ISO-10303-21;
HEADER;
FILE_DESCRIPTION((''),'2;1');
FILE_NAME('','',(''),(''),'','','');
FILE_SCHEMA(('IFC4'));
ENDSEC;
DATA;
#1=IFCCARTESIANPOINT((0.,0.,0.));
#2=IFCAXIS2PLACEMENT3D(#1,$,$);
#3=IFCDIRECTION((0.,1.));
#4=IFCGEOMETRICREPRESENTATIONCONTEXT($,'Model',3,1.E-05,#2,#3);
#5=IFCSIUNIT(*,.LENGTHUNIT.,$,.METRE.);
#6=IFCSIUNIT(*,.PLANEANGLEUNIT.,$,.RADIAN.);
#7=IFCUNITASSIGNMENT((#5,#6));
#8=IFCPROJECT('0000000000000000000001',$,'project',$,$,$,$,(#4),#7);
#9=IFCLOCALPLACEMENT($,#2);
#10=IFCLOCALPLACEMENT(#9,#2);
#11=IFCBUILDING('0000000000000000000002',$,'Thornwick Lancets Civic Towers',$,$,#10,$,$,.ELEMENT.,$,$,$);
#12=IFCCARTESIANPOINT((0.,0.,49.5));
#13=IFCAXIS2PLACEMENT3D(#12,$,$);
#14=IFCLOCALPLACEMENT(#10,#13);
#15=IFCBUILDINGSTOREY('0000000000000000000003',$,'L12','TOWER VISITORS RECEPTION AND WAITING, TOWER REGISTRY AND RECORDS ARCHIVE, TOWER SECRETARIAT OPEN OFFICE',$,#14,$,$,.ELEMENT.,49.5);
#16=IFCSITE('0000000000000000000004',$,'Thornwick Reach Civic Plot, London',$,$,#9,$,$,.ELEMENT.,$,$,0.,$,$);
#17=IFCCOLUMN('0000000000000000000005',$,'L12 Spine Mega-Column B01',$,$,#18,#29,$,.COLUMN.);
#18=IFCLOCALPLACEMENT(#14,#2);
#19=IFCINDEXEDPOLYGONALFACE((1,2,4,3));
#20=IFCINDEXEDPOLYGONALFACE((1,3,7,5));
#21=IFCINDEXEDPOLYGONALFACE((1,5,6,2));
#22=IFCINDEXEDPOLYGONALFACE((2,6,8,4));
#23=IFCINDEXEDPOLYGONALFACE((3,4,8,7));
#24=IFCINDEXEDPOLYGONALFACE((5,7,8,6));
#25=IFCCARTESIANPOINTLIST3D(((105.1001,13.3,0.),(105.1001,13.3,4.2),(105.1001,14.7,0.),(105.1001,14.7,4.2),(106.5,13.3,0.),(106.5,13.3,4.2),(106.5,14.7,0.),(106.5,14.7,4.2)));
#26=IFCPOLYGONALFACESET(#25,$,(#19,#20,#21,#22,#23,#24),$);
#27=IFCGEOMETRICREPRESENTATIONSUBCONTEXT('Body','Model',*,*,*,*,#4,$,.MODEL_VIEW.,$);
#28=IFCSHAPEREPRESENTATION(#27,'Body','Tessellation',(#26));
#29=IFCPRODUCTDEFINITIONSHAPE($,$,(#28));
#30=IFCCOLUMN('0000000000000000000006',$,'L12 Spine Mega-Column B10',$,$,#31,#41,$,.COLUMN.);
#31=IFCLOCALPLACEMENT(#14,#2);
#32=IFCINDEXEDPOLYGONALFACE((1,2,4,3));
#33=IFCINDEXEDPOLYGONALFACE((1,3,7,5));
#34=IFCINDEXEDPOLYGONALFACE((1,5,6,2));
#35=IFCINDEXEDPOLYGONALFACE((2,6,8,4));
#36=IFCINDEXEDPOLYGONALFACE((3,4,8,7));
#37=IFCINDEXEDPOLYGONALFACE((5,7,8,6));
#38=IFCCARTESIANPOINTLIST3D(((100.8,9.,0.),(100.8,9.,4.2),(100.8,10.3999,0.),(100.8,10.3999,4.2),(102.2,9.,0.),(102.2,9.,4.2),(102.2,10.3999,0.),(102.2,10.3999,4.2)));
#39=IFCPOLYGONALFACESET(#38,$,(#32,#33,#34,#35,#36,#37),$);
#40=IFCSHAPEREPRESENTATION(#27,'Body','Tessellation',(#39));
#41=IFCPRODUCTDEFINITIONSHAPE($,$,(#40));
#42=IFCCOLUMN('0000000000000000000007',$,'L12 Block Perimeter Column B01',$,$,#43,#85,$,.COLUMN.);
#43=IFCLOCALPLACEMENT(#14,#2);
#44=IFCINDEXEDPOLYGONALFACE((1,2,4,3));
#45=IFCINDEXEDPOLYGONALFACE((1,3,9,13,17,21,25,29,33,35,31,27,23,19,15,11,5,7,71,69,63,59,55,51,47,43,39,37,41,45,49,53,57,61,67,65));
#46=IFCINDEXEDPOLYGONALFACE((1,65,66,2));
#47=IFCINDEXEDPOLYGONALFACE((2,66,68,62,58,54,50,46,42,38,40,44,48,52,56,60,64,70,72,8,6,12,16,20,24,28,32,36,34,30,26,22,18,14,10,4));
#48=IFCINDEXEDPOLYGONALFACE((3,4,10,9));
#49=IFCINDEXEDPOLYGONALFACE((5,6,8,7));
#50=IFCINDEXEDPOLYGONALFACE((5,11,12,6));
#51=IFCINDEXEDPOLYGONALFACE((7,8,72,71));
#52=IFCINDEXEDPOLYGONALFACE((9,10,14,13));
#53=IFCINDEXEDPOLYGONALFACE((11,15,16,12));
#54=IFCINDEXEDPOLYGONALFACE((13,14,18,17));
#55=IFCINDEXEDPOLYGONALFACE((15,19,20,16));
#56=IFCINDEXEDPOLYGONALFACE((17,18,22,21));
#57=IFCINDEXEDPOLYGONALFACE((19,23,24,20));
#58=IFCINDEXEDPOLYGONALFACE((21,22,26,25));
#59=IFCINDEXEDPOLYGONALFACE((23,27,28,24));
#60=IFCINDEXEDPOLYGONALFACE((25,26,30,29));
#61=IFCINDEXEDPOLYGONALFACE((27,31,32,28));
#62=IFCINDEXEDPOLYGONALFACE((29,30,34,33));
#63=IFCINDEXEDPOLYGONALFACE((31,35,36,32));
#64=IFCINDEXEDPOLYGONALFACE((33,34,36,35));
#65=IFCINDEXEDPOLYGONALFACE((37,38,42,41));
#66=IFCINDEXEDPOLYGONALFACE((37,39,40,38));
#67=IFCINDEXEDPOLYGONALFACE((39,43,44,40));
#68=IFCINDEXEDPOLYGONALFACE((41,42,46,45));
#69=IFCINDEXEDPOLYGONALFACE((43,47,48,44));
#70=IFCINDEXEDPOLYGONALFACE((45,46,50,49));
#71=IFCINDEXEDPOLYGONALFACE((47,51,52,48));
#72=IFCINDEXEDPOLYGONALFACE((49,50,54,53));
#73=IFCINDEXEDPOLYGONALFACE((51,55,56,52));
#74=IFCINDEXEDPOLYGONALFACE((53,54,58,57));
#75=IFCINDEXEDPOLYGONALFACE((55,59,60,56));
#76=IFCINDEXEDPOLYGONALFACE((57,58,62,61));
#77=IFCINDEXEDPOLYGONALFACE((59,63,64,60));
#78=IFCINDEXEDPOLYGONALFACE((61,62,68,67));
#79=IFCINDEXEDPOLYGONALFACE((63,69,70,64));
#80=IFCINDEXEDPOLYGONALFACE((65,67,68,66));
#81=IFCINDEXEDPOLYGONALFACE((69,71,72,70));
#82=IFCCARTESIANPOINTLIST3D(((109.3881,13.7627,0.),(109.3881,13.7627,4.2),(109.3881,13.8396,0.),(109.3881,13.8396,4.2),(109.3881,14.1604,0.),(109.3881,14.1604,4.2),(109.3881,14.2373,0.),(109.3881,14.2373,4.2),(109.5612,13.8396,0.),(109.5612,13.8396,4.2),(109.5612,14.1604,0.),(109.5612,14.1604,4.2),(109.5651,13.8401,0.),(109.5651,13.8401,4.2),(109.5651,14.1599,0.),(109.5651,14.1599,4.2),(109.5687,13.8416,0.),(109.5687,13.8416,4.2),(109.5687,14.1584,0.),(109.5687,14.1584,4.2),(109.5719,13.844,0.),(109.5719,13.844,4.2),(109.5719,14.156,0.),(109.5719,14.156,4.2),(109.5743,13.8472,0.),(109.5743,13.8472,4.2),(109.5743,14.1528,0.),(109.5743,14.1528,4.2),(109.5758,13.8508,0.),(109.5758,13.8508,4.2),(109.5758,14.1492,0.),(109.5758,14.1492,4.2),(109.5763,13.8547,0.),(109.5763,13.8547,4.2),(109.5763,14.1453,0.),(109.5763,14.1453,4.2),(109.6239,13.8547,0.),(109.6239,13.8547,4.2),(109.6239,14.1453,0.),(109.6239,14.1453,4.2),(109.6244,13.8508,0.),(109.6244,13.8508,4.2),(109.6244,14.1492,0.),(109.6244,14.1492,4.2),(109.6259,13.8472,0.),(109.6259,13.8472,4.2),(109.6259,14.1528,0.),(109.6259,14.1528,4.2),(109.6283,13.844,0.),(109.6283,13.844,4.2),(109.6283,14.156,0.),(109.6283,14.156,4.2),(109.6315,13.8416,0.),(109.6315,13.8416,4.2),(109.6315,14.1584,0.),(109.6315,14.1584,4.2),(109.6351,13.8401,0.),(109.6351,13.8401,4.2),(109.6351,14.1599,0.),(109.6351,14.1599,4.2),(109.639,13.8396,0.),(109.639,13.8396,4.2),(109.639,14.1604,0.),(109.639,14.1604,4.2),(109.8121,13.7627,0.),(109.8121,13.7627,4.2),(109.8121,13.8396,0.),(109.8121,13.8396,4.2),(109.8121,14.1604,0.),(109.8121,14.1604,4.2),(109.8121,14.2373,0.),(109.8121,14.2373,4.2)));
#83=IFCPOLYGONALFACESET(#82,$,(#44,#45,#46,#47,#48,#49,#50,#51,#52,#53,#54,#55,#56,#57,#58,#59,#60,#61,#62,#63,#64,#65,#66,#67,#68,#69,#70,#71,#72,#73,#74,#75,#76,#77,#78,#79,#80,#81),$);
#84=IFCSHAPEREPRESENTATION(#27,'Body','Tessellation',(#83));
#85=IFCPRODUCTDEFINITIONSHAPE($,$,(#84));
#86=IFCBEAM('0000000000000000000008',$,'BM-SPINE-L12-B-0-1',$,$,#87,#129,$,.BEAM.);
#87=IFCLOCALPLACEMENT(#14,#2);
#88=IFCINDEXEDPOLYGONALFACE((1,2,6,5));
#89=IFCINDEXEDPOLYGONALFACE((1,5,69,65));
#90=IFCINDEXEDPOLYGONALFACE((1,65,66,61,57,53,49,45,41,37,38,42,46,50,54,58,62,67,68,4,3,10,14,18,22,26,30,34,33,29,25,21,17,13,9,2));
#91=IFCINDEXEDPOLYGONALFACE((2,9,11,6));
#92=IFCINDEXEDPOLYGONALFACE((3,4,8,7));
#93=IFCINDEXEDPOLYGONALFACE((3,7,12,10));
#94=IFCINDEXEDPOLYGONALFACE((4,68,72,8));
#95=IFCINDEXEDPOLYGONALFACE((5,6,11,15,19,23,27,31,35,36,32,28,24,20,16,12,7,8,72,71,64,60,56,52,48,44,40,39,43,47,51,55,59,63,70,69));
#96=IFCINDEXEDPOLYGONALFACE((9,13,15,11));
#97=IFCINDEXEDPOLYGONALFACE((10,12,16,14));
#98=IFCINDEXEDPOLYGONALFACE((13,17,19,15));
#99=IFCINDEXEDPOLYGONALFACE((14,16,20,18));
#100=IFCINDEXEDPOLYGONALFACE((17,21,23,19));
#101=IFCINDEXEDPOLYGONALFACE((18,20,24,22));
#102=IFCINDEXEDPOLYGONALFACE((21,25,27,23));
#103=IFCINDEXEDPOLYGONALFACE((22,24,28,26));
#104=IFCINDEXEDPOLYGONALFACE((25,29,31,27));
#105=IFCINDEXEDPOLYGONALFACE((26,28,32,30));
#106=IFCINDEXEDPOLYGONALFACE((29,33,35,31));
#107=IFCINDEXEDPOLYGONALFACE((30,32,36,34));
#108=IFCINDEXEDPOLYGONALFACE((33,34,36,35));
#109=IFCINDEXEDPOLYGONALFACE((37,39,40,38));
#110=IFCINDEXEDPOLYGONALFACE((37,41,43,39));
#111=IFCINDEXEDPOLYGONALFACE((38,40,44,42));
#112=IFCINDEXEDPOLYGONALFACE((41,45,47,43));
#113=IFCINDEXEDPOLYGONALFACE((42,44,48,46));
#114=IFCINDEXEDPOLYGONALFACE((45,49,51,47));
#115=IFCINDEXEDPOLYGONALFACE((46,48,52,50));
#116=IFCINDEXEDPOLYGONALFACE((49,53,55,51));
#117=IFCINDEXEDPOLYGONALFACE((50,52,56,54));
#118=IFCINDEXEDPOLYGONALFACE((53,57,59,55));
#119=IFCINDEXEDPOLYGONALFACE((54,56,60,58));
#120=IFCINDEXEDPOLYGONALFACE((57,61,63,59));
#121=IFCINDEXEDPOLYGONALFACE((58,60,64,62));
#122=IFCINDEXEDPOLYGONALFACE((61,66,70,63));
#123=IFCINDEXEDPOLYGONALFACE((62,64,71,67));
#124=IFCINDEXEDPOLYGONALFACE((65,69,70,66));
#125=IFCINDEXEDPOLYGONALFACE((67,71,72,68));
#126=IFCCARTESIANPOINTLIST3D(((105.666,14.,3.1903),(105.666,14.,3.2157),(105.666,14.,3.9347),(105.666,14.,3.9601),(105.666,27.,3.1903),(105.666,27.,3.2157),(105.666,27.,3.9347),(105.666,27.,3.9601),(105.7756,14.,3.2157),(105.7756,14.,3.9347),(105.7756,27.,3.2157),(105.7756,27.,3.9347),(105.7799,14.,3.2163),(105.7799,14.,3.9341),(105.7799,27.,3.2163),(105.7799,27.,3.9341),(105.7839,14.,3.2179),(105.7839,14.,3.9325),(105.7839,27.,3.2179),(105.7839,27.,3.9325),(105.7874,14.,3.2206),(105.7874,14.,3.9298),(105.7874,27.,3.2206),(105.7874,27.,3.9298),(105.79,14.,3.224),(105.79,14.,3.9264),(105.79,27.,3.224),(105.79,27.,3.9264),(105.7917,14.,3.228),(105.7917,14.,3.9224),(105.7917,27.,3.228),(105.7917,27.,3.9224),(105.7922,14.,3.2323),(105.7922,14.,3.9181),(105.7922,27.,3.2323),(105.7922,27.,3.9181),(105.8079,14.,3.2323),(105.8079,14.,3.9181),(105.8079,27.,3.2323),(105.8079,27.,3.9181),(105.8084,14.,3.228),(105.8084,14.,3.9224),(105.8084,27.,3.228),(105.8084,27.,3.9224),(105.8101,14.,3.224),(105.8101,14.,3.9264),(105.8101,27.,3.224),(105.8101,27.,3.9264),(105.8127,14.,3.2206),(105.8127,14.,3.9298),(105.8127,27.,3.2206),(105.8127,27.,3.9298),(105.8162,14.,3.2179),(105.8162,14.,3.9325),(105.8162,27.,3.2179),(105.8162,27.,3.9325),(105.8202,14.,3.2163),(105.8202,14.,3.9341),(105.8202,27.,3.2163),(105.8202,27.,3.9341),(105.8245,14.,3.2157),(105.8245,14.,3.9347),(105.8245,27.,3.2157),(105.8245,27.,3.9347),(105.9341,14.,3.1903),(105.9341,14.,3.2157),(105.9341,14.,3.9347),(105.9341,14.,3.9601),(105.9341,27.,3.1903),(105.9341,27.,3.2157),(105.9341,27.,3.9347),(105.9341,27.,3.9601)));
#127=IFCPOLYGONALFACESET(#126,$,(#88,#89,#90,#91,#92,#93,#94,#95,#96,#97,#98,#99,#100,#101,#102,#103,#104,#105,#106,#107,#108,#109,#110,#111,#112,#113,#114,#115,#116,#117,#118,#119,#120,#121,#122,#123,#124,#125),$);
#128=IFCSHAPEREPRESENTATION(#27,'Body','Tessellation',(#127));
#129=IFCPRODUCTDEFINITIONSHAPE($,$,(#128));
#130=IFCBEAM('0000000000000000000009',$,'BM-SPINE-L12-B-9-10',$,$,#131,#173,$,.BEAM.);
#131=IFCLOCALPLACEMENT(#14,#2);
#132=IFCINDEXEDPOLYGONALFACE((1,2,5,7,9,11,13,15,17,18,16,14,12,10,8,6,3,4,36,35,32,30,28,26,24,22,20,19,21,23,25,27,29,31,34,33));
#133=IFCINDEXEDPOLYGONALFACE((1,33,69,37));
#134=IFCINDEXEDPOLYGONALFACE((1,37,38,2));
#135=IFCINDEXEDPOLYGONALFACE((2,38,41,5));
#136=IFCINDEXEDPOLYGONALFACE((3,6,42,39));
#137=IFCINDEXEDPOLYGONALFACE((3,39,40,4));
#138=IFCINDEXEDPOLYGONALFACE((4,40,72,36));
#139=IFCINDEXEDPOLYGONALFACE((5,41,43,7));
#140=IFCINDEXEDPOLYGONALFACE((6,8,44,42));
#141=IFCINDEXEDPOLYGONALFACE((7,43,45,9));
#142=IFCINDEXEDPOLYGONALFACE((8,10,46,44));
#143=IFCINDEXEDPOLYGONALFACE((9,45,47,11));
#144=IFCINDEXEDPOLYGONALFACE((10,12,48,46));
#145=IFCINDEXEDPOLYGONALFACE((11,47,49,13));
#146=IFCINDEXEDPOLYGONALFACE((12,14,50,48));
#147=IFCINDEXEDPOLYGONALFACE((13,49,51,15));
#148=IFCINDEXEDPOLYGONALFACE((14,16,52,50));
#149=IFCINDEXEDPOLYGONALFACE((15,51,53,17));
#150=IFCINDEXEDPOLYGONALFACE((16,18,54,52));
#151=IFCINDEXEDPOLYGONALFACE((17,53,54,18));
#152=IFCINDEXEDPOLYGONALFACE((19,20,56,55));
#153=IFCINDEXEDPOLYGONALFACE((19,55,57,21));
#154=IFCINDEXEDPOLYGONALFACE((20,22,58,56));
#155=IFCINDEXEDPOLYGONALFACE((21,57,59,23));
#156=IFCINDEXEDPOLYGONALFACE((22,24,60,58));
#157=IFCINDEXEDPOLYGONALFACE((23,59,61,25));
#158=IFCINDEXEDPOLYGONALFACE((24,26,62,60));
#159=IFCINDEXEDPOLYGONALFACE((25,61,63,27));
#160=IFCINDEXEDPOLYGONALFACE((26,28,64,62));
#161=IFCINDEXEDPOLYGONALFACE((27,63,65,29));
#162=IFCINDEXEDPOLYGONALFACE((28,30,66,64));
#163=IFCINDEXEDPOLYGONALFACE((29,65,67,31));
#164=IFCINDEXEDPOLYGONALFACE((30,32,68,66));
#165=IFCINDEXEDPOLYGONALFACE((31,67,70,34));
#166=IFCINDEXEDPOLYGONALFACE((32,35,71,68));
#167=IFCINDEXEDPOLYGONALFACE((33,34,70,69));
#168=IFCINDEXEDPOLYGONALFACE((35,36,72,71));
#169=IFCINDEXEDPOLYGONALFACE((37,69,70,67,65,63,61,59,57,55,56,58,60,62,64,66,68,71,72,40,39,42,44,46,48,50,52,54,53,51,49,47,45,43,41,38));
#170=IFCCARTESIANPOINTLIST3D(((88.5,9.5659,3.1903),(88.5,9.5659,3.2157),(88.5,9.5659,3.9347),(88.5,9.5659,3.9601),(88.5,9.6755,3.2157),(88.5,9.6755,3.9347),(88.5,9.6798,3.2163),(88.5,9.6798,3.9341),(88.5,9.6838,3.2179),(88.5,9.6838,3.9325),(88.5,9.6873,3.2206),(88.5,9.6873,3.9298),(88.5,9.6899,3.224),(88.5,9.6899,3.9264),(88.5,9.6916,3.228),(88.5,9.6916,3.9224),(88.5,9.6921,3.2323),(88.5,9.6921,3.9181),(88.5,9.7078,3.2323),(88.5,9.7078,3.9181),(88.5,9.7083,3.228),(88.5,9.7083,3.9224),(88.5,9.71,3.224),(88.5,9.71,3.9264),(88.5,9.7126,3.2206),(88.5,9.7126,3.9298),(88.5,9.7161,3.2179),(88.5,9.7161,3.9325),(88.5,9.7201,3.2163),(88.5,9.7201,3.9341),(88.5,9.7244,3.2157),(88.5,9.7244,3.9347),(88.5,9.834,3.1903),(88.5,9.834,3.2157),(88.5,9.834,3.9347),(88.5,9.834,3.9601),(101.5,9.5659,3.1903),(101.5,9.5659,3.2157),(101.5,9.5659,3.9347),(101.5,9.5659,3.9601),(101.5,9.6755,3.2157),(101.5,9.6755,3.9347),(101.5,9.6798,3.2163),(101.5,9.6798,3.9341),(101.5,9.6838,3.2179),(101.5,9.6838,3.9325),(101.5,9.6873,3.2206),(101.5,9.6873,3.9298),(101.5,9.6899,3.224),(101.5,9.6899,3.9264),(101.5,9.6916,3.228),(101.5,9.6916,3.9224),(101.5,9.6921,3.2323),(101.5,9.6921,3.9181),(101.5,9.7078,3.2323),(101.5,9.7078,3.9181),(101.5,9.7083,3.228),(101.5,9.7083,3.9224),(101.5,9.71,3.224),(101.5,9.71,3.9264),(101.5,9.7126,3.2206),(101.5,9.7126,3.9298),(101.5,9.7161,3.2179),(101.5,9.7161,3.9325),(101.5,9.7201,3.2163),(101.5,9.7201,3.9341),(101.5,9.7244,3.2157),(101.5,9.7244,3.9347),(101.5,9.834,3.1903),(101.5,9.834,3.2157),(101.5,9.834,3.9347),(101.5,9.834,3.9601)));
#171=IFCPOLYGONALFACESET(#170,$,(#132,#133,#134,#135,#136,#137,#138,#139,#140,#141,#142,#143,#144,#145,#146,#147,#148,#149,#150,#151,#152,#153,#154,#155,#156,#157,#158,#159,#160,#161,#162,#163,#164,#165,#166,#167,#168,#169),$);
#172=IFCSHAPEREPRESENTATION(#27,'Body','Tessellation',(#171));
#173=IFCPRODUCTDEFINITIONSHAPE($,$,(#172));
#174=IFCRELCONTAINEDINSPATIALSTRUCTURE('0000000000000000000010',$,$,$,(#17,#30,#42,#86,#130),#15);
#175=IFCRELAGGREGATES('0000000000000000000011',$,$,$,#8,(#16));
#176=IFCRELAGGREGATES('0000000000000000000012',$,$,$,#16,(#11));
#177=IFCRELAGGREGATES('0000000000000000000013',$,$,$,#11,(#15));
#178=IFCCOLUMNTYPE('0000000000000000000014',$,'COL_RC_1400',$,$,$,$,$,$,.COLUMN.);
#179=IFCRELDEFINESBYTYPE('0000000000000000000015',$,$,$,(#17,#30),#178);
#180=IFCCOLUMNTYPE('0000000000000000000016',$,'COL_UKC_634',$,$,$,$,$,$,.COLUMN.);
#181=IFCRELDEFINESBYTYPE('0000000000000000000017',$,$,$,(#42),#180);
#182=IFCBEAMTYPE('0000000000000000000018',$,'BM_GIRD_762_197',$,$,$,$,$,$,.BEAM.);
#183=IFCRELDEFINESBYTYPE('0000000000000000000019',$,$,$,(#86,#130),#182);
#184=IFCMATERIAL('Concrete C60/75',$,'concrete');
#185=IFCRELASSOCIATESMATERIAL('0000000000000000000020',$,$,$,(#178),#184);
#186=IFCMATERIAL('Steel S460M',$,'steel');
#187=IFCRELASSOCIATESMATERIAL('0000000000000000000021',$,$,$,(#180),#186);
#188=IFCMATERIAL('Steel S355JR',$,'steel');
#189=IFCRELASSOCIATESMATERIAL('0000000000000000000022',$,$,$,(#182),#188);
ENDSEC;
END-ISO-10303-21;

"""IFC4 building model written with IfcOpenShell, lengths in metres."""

from ifc_helpers import new_model, si_unit, direction, frame, origin, origin_2d, place, context, subcontext, project, spatial, rectangle, i_section, extrude, material, material_profile, profile_set, type_object, element, save


model = new_model("IFC4")

# Units and contexts
model_context = context("Model", 3, precision=1e-05, world=origin(), true_north=direction((0.0, 1.0)))
body_context = subcontext(model_context, "Body", "Model", "MODEL_VIEW")
ifc_project = project(units=[si_unit("LENGTHUNIT", "METRE"), si_unit("PLANEANGLEUNIT", "RADIAN")], contexts=[model_context])

# Site, building, storey
site_placement = place(None, origin())
site = spatial("IfcSite", under=ifc_project, at=site_placement, Name="Thornwick Reach Civic Plot, London", CompositionType="ELEMENT", RefElevation=0.0)
building_placement = place(site_placement, origin())
building = spatial("IfcBuilding", under=site, at=building_placement, Name="Thornwick Lancets Civic Towers", CompositionType="ELEMENT")
storey_placement = place(building_placement, frame((0.0, 0.0, 49.5)))
storey = spatial("IfcBuildingStorey", under=building, at=storey_placement, Name="L12", Description="TOWER VISITORS RECEPTION AND WAITING, TOWER REGISTRY AND RECORDS ARCHIVE, TOWER SECRETARIAT OPEN OFFICE", CompositionType="ELEMENT", Elevation=49.5)

# Columns
ifc_material_1 = material(Name="Concrete C60/75", Category="concrete")
ifc_material_profile_1 = material_profile(ifc_material_1, rectangle(XDim=1.3999, YDim=1.3999, at=origin_2d()), Name="RC 1400x1400")
ifc_profile_set_1 = profile_set([ifc_material_profile_1], Name="Concrete C60/75")
column_type_1 = type_object("IfcColumnType", Name="COL_RC_1400", PredefinedType="COLUMN", material=ifc_profile_set_1)
for number, where, z_axis, x_axis, name in (
    (1, (105.8, 14.0, 0.0), (0.0, 0.0, 1.0), (1.0, 0.0, 0.0), "L12 Spine Mega-Column B01"),
    (2, (101.5, 9.7, 0.0), (0.0, 0.0, 1.0), (1.0, 0.0, 0.0), "L12 Spine Mega-Column B10"),
):
    element("IfcColumn", number, at=place(storey_placement, frame(where, z_axis=z_axis, x_axis=x_axis)), inside=storey, type_object=column_type_1, Name=name, PredefinedType="COLUMN", context=body_context, shape_type="SweptSolid", body=[
        extrude(rectangle(XDim=1.3999, YDim=1.3999, at=origin_2d()), origin(), (0.0, 0.0, 1.0), 4.2),
    ])
ifc_material_2 = material(Name="Steel S460M", Category="steel")
ifc_material_profile_2 = material_profile(ifc_material_2, i_section(OverallWidth=0.4241, OverallDepth=0.4746, WebThickness=0.0476, FlangeThickness=0.0769, FilletRadius=0.0151, at=origin_2d()), Name="UKC 356x406x634")
ifc_profile_set_2 = profile_set([ifc_material_profile_2], Name="Steel S460M")
column_type_2 = type_object("IfcColumnType", Name="COL_UKC_634", PredefinedType="COLUMN", material=ifc_profile_set_2)
column_placement = place(storey_placement, frame((109.6001, 14.0, 0.0), z_axis=(0.0, 0.0, 1.0), x_axis=(1.0, 0.0, 0.0)))
element("IfcColumn", 3, at=column_placement, inside=storey, type_object=column_type_2, Name="L12 Block Perimeter Column B01", PredefinedType="COLUMN", context=body_context, shape_type="SweptSolid", body=[
    extrude(i_section(OverallWidth=0.4241, OverallDepth=0.4746, WebThickness=0.0476, FlangeThickness=0.0769, FilletRadius=0.0151, at=origin_2d()), origin(), (0.0, 0.0, 1.0), 4.2),
])

# Beams
ifc_material_3 = material(Name="Steel S355JR", Category="steel")
ifc_material_profile_3 = material_profile(ifc_material_3, i_section(OverallWidth=0.2681, OverallDepth=0.7698, WebThickness=0.0156, FlangeThickness=0.0254, FilletRadius=0.0166, at=origin_2d()), Name="UKB 762x267x197")
ifc_profile_set_3 = profile_set([ifc_material_profile_3], Name="Steel S355JR")
beam_type_1 = type_object("IfcBeamType", Name="BM_GIRD_762_197", PredefinedType="BEAM", material=ifc_profile_set_3)
for number, where, z_axis, x_axis, name in (
    (4, (105.8, 14.0, 3.5752), (0.0, 1.0, 0.0), (-1.0, 0.0, 0.0), "BM-SPINE-L12-B-0-1"),
    (5, (101.5, 9.7, 3.5752), (-1.0, 0.0, 0.0), (0.0, -1.0, 0.0), "BM-SPINE-L12-B-9-10"),
):
    element("IfcBeam", number, at=place(storey_placement, frame(where, z_axis=z_axis, x_axis=x_axis)), inside=storey, type_object=beam_type_1, Name=name, PredefinedType="BEAM", context=body_context, shape_type="SweptSolid", body=[
        extrude(i_section(OverallWidth=0.2681, OverallDepth=0.7698, WebThickness=0.0156, FlangeThickness=0.0254, FilletRadius=0.0166, at=origin_2d()), origin(), (0.0, 0.0, 1.0), 13.0),
    ])

save(model, "model.ifc")
